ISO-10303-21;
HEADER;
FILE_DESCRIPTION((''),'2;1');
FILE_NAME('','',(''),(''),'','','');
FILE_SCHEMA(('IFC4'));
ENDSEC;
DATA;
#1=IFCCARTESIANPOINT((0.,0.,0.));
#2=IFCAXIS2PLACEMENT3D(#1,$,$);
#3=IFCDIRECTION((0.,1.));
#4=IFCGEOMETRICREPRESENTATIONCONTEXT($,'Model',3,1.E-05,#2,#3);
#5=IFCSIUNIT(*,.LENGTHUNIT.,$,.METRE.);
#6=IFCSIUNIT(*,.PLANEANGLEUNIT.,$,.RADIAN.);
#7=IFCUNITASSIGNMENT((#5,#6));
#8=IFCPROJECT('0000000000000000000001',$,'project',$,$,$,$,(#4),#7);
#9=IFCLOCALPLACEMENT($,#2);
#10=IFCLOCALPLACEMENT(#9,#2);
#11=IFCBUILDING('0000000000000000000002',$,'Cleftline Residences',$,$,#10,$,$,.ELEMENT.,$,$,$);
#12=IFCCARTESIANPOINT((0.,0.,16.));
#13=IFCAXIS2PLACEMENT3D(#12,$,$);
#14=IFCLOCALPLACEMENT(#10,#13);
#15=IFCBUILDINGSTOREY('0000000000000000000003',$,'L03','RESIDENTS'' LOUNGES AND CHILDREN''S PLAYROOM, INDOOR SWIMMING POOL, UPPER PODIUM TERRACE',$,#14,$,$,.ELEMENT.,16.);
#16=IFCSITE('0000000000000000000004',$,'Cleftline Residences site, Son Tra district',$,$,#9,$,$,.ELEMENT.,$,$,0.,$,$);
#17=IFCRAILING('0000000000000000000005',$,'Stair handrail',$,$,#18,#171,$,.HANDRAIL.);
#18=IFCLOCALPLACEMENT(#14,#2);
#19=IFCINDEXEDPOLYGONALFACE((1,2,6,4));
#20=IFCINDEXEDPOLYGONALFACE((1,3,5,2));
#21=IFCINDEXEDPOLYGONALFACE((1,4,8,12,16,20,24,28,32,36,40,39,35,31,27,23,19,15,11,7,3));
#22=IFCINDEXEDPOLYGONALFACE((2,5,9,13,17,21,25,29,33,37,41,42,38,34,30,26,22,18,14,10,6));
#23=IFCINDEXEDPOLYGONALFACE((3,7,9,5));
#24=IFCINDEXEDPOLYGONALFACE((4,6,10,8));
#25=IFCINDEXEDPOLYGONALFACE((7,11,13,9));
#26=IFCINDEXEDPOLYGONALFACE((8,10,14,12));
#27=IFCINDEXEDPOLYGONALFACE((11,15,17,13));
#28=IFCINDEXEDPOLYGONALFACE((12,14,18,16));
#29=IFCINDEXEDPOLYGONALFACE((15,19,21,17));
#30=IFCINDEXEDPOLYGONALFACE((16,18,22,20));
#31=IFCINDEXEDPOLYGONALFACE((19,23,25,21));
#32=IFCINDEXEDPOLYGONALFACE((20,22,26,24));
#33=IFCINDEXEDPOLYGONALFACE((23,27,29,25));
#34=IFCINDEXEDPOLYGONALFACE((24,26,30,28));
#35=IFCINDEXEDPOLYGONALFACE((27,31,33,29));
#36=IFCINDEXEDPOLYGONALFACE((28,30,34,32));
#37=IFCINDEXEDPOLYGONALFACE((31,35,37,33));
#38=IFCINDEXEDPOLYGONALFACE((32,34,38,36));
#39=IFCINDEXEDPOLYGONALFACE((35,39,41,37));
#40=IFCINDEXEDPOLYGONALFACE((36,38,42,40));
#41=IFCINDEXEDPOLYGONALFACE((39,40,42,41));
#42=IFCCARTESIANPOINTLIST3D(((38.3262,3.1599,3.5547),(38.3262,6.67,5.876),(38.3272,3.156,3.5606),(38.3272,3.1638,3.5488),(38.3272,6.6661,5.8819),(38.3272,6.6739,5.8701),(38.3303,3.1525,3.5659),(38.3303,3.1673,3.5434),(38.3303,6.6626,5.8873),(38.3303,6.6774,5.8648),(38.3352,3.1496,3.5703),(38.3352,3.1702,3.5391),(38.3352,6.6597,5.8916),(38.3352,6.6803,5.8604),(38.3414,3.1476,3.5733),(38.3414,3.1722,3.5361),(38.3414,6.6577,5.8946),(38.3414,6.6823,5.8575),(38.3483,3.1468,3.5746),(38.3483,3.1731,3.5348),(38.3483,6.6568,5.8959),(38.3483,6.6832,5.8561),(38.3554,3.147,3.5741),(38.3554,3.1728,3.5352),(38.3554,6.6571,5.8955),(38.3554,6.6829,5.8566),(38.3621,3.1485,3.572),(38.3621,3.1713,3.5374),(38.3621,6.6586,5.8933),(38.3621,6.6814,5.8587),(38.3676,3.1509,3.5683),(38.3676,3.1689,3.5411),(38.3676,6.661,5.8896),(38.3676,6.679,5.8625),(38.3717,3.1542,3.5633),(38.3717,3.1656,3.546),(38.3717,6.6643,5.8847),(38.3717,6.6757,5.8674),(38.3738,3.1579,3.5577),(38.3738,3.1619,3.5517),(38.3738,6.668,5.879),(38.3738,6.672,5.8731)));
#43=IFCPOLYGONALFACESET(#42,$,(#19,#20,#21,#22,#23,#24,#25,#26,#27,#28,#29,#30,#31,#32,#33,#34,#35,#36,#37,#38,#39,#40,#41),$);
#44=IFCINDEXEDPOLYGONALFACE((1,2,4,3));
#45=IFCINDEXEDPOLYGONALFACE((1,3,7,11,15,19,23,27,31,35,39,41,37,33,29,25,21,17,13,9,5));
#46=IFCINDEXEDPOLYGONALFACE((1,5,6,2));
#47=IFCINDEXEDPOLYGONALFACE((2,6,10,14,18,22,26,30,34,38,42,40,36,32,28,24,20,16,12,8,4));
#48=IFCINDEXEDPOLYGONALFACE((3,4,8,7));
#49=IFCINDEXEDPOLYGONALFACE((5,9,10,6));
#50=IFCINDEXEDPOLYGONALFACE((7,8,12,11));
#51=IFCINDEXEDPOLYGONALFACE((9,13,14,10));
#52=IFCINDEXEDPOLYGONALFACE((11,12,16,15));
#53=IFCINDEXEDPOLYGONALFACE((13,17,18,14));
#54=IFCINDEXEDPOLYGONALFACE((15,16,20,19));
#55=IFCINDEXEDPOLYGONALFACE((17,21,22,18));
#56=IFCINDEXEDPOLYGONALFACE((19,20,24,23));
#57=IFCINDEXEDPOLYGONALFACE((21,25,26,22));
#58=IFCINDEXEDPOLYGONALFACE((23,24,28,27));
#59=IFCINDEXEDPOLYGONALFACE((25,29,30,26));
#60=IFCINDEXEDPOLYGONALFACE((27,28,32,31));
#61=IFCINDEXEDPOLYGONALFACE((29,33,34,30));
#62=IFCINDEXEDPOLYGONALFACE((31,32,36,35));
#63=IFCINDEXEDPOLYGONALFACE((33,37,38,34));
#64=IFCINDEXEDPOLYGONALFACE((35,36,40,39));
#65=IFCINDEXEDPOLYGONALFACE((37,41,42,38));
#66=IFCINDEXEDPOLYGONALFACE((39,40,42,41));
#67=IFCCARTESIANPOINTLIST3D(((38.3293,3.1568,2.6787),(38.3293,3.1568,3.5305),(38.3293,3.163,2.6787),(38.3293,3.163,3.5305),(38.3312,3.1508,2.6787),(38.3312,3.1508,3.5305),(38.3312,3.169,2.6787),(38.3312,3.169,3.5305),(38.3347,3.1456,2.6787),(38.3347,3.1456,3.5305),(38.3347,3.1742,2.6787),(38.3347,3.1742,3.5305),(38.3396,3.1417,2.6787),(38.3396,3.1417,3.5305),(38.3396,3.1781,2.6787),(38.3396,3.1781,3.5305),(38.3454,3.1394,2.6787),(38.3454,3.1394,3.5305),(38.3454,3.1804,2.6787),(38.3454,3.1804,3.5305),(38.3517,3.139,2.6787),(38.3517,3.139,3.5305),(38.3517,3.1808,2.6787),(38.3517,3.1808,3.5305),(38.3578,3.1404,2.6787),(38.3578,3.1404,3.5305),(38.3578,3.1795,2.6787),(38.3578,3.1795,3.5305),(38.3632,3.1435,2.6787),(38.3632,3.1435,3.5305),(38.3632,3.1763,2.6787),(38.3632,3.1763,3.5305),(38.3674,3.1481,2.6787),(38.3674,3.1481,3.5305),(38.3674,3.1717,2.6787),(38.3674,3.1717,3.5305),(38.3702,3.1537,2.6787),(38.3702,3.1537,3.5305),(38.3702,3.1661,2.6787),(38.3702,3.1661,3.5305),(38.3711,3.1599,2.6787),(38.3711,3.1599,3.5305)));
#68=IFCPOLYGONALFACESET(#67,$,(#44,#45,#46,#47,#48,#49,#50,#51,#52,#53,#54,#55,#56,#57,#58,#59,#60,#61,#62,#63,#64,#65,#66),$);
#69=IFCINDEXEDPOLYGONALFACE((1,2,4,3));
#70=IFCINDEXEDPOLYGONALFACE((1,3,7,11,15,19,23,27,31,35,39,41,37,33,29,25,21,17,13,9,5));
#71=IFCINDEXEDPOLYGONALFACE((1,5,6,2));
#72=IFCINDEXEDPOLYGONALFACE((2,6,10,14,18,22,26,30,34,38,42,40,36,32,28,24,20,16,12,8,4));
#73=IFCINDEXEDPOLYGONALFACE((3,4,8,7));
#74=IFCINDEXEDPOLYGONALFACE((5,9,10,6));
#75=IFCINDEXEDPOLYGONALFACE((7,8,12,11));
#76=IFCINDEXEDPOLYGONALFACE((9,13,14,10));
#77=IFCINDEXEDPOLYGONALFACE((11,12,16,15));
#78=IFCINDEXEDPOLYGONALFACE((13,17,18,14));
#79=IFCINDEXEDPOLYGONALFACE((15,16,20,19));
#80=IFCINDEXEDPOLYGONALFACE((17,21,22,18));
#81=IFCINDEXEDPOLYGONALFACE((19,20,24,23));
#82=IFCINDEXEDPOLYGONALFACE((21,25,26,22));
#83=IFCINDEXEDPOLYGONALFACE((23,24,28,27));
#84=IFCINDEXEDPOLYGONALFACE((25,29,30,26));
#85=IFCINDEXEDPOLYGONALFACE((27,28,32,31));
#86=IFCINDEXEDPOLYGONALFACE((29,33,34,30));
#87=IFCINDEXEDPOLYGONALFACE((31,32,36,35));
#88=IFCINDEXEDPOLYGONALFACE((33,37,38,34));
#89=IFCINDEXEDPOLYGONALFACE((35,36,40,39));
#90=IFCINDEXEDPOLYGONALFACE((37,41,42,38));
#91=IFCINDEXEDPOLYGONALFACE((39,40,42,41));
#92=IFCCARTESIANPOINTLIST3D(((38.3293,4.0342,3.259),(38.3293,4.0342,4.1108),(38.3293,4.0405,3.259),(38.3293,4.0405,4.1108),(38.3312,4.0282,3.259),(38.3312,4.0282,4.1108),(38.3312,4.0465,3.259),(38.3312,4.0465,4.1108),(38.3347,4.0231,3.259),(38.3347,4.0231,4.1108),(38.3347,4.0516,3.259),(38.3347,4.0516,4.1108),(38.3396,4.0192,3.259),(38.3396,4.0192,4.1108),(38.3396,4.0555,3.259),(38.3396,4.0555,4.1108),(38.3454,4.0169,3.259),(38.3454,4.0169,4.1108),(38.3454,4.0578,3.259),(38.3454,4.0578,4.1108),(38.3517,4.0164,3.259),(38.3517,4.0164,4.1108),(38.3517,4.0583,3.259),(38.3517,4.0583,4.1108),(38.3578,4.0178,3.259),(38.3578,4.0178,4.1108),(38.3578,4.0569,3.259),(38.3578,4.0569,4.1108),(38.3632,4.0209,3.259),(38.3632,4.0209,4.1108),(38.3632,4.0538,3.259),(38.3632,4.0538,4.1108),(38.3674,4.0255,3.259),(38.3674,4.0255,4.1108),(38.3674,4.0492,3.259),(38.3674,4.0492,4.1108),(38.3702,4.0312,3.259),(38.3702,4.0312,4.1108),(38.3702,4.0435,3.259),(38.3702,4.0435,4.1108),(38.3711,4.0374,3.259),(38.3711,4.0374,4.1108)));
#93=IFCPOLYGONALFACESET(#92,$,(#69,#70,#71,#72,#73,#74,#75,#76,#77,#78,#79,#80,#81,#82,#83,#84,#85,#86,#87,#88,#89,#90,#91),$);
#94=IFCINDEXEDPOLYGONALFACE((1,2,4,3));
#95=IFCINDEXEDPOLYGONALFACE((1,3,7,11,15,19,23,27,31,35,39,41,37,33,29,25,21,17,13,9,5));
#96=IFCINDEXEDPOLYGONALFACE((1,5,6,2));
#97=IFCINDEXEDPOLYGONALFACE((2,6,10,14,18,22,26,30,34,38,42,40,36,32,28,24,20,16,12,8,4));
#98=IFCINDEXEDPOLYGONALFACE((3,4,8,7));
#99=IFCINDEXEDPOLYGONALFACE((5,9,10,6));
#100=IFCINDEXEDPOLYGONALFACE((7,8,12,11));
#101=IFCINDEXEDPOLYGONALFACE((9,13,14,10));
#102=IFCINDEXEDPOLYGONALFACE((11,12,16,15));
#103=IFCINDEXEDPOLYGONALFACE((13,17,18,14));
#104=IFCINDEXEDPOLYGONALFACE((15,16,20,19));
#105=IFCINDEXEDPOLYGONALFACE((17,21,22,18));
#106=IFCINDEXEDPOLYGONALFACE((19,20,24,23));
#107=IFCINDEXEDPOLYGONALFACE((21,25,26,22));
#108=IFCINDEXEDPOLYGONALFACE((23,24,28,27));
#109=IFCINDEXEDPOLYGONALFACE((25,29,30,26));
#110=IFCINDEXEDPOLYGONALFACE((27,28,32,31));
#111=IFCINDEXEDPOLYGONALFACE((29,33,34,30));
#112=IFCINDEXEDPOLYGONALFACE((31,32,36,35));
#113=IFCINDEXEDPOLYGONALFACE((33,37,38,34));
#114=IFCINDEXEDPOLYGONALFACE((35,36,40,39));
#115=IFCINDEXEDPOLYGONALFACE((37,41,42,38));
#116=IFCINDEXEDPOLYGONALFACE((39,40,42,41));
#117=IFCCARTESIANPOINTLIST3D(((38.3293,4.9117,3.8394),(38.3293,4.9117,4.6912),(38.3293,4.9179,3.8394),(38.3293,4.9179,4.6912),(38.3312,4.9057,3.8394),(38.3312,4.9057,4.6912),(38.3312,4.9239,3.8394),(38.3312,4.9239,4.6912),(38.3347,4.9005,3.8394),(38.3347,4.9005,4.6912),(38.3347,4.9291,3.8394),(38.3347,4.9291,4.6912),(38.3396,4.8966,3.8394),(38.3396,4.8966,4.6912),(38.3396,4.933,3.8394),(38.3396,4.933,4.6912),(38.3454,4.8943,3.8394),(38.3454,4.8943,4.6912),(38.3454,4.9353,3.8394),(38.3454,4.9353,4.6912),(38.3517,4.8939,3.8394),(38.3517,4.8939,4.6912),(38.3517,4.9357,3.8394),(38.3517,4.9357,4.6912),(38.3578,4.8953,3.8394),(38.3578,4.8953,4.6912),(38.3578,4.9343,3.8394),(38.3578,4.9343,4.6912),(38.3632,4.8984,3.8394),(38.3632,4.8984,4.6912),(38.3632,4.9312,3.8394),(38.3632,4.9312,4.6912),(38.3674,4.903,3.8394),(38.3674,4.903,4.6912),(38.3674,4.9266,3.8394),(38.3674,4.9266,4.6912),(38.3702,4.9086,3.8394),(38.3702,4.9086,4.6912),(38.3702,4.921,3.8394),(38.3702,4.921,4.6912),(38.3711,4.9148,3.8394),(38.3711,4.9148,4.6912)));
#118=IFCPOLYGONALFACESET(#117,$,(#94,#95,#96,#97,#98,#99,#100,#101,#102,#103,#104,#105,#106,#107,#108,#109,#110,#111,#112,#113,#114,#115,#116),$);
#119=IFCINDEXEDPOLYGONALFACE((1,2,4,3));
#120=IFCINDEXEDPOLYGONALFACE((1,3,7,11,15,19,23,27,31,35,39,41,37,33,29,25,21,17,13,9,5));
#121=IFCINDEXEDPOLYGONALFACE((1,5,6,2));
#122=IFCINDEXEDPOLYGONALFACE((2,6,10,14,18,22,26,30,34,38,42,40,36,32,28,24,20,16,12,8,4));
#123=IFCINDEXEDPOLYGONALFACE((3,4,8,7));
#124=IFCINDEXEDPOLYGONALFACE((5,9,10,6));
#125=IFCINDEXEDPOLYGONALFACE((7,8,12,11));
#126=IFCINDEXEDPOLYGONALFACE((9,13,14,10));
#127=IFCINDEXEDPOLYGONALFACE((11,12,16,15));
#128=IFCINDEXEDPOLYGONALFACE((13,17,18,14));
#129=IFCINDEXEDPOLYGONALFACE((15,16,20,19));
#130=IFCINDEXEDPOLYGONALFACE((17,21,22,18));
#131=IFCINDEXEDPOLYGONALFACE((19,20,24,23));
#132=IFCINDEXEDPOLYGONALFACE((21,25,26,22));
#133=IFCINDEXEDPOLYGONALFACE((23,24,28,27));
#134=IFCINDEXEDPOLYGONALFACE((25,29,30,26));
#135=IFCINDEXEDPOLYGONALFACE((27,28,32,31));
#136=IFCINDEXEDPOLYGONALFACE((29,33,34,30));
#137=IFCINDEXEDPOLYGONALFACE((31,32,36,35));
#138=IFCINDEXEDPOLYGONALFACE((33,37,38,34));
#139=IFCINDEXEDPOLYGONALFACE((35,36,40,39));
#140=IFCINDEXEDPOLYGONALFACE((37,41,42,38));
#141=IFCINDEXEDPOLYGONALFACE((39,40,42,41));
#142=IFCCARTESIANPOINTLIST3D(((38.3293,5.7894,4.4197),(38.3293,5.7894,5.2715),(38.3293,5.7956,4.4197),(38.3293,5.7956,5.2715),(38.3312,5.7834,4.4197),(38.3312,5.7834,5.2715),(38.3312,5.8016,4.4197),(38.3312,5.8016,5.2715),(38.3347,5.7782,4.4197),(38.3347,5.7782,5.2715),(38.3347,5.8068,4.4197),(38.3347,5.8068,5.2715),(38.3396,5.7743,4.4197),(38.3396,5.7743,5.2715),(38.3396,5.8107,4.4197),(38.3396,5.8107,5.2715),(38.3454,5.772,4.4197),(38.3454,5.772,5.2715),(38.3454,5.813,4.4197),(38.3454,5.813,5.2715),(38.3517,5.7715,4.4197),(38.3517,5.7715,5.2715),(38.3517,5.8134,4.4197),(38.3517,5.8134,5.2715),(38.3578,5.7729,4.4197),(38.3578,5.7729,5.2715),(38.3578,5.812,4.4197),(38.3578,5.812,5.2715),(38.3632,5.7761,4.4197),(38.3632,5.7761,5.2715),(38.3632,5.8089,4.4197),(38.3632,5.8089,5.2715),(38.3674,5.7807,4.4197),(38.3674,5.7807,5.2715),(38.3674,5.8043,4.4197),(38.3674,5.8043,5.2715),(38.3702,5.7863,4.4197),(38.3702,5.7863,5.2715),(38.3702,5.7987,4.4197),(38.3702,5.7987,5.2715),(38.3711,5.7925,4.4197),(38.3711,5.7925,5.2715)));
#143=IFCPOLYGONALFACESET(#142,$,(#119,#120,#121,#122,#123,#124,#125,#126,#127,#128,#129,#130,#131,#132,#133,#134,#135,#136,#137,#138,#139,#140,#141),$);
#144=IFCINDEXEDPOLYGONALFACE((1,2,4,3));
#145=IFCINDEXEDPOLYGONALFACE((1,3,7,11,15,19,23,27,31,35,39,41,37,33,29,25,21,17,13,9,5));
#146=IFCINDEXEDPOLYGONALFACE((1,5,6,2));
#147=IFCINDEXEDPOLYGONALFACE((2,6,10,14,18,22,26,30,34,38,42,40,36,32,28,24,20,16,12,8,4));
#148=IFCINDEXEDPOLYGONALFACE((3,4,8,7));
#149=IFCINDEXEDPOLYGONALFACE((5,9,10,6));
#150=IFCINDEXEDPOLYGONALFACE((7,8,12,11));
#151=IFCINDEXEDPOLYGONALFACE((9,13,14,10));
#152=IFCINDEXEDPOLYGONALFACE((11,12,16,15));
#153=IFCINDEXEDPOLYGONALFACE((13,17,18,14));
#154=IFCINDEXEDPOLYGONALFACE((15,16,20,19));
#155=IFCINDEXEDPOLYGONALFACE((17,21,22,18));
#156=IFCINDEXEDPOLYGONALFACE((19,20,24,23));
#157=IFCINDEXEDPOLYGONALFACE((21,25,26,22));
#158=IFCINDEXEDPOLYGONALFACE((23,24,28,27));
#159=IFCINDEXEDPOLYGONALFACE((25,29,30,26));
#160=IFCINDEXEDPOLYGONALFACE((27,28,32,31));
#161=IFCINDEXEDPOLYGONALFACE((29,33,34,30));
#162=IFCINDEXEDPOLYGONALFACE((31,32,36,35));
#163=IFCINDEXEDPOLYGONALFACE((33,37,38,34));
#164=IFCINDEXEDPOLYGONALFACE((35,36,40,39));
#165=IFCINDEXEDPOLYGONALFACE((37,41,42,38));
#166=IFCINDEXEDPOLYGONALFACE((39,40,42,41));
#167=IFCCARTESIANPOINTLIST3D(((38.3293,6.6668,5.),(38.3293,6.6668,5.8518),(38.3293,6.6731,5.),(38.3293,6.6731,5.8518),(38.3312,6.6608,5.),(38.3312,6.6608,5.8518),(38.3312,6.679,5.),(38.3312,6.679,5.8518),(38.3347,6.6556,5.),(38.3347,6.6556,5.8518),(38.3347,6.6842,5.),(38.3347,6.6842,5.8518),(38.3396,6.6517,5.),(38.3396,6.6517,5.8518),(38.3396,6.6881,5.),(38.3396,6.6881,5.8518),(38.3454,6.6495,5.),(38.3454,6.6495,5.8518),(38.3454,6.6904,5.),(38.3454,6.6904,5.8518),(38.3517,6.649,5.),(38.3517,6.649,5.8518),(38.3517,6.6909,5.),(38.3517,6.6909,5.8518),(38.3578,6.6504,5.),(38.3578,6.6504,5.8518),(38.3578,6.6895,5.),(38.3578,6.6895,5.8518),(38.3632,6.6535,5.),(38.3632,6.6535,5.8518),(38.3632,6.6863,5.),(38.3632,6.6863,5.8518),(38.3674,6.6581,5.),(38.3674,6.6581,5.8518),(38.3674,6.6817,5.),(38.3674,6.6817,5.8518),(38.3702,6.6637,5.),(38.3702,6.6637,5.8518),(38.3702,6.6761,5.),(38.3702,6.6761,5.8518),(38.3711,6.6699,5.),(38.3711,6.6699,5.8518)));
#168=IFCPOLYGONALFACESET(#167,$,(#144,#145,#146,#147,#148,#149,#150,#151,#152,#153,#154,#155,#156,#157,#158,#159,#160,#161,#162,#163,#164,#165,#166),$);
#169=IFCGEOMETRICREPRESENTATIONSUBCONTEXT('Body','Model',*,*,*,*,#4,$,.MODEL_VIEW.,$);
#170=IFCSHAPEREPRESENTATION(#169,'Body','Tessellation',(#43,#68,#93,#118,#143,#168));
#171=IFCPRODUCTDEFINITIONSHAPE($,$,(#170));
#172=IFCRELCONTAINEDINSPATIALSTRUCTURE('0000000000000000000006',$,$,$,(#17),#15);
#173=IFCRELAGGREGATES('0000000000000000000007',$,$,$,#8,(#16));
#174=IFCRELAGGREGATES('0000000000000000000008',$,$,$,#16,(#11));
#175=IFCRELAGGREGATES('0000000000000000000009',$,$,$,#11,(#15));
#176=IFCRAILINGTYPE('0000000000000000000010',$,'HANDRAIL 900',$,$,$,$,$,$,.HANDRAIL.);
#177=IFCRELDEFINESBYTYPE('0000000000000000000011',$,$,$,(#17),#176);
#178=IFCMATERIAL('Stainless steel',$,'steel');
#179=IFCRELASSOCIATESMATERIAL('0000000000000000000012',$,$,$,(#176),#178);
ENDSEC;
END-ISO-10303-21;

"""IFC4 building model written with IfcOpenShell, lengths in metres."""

from ifc_helpers import new_model, si_unit, direction, frame, origin, origin_2d, place, context, subcontext, project, spatial, circle, extrude, material, type_object, element, save


model = new_model("IFC4")

# Units and contexts
model_context = context("Model", 3, precision=1e-05, world=origin(), true_north=direction((0.0, 1.0)))
body_context = subcontext(model_context, "Body", "Model", "MODEL_VIEW")
ifc_project = project(units=[si_unit("LENGTHUNIT", "METRE"), si_unit("PLANEANGLEUNIT", "RADIAN")], contexts=[model_context])

# Site, building, storey
site_placement = place(None, origin())
site = spatial("IfcSite", under=ifc_project, at=site_placement, Name="Cleftline Residences site, Son Tra district", CompositionType="ELEMENT", RefElevation=0.0)
building_placement = place(site_placement, origin())
building = spatial("IfcBuilding", under=site, at=building_placement, Name="Cleftline Residences", CompositionType="ELEMENT")
storey_placement = place(building_placement, frame((0.0, 0.0, 16.0)))
storey = spatial("IfcBuildingStorey", under=building, at=storey_placement, Name="L03", Description="RESIDENTS' LOUNGES AND CHILDREN'S PLAYROOM, INDOOR SWIMMING POOL, UPPER PODIUM TERRACE", CompositionType="ELEMENT", Elevation=16.0)

# Railing
ifc_material_1 = material(Name="Stainless steel", Category="steel")
railing_type_1 = type_object("IfcRailingType", Name="HANDRAIL 900", PredefinedType="HANDRAIL", material=ifc_material_1)
railing_1_placement = place(storey_placement, frame((38.3501, 3.1599, 2.6787)))
element("IfcRailing", 1, at=railing_1_placement, inside=storey, type_object=railing_type_1, Name="Stair handrail", PredefinedType="HANDRAIL", context=body_context, shape_type="SweptSolid", body=[
    extrude(circle(Radius=0.0239, at=origin_2d()), frame((0.0, 0.0, 0.876), z_axis=(0.0, 0.834097, 0.551617), x_axis=(-1.0, 0.0, 0.0)), (0.0, 0.0, 1.0), 4.2083),
    extrude(circle(Radius=0.021, at=origin_2d()), origin(), (0.0, 0.0, 1.0), 0.8518),
    extrude(circle(Radius=0.021, at=origin_2d()), frame((0.0, 0.8774, 0.5803)), (0.0, 0.0, 1.0), 0.8518),
    extrude(circle(Radius=0.021, at=origin_2d()), frame((0.0, 1.7549, 1.1606)), (0.0, 0.0, 1.0), 0.8518),
    extrude(circle(Radius=0.021, at=origin_2d()), frame((0.0, 2.6326, 1.741)), (0.0, 0.0, 1.0), 0.8518),
    extrude(circle(Radius=0.021, at=origin_2d()), frame((0.0, 3.51, 2.3213)), (0.0, 0.0, 1.0), 0.8518),
])

save(model, "model.ifc")
